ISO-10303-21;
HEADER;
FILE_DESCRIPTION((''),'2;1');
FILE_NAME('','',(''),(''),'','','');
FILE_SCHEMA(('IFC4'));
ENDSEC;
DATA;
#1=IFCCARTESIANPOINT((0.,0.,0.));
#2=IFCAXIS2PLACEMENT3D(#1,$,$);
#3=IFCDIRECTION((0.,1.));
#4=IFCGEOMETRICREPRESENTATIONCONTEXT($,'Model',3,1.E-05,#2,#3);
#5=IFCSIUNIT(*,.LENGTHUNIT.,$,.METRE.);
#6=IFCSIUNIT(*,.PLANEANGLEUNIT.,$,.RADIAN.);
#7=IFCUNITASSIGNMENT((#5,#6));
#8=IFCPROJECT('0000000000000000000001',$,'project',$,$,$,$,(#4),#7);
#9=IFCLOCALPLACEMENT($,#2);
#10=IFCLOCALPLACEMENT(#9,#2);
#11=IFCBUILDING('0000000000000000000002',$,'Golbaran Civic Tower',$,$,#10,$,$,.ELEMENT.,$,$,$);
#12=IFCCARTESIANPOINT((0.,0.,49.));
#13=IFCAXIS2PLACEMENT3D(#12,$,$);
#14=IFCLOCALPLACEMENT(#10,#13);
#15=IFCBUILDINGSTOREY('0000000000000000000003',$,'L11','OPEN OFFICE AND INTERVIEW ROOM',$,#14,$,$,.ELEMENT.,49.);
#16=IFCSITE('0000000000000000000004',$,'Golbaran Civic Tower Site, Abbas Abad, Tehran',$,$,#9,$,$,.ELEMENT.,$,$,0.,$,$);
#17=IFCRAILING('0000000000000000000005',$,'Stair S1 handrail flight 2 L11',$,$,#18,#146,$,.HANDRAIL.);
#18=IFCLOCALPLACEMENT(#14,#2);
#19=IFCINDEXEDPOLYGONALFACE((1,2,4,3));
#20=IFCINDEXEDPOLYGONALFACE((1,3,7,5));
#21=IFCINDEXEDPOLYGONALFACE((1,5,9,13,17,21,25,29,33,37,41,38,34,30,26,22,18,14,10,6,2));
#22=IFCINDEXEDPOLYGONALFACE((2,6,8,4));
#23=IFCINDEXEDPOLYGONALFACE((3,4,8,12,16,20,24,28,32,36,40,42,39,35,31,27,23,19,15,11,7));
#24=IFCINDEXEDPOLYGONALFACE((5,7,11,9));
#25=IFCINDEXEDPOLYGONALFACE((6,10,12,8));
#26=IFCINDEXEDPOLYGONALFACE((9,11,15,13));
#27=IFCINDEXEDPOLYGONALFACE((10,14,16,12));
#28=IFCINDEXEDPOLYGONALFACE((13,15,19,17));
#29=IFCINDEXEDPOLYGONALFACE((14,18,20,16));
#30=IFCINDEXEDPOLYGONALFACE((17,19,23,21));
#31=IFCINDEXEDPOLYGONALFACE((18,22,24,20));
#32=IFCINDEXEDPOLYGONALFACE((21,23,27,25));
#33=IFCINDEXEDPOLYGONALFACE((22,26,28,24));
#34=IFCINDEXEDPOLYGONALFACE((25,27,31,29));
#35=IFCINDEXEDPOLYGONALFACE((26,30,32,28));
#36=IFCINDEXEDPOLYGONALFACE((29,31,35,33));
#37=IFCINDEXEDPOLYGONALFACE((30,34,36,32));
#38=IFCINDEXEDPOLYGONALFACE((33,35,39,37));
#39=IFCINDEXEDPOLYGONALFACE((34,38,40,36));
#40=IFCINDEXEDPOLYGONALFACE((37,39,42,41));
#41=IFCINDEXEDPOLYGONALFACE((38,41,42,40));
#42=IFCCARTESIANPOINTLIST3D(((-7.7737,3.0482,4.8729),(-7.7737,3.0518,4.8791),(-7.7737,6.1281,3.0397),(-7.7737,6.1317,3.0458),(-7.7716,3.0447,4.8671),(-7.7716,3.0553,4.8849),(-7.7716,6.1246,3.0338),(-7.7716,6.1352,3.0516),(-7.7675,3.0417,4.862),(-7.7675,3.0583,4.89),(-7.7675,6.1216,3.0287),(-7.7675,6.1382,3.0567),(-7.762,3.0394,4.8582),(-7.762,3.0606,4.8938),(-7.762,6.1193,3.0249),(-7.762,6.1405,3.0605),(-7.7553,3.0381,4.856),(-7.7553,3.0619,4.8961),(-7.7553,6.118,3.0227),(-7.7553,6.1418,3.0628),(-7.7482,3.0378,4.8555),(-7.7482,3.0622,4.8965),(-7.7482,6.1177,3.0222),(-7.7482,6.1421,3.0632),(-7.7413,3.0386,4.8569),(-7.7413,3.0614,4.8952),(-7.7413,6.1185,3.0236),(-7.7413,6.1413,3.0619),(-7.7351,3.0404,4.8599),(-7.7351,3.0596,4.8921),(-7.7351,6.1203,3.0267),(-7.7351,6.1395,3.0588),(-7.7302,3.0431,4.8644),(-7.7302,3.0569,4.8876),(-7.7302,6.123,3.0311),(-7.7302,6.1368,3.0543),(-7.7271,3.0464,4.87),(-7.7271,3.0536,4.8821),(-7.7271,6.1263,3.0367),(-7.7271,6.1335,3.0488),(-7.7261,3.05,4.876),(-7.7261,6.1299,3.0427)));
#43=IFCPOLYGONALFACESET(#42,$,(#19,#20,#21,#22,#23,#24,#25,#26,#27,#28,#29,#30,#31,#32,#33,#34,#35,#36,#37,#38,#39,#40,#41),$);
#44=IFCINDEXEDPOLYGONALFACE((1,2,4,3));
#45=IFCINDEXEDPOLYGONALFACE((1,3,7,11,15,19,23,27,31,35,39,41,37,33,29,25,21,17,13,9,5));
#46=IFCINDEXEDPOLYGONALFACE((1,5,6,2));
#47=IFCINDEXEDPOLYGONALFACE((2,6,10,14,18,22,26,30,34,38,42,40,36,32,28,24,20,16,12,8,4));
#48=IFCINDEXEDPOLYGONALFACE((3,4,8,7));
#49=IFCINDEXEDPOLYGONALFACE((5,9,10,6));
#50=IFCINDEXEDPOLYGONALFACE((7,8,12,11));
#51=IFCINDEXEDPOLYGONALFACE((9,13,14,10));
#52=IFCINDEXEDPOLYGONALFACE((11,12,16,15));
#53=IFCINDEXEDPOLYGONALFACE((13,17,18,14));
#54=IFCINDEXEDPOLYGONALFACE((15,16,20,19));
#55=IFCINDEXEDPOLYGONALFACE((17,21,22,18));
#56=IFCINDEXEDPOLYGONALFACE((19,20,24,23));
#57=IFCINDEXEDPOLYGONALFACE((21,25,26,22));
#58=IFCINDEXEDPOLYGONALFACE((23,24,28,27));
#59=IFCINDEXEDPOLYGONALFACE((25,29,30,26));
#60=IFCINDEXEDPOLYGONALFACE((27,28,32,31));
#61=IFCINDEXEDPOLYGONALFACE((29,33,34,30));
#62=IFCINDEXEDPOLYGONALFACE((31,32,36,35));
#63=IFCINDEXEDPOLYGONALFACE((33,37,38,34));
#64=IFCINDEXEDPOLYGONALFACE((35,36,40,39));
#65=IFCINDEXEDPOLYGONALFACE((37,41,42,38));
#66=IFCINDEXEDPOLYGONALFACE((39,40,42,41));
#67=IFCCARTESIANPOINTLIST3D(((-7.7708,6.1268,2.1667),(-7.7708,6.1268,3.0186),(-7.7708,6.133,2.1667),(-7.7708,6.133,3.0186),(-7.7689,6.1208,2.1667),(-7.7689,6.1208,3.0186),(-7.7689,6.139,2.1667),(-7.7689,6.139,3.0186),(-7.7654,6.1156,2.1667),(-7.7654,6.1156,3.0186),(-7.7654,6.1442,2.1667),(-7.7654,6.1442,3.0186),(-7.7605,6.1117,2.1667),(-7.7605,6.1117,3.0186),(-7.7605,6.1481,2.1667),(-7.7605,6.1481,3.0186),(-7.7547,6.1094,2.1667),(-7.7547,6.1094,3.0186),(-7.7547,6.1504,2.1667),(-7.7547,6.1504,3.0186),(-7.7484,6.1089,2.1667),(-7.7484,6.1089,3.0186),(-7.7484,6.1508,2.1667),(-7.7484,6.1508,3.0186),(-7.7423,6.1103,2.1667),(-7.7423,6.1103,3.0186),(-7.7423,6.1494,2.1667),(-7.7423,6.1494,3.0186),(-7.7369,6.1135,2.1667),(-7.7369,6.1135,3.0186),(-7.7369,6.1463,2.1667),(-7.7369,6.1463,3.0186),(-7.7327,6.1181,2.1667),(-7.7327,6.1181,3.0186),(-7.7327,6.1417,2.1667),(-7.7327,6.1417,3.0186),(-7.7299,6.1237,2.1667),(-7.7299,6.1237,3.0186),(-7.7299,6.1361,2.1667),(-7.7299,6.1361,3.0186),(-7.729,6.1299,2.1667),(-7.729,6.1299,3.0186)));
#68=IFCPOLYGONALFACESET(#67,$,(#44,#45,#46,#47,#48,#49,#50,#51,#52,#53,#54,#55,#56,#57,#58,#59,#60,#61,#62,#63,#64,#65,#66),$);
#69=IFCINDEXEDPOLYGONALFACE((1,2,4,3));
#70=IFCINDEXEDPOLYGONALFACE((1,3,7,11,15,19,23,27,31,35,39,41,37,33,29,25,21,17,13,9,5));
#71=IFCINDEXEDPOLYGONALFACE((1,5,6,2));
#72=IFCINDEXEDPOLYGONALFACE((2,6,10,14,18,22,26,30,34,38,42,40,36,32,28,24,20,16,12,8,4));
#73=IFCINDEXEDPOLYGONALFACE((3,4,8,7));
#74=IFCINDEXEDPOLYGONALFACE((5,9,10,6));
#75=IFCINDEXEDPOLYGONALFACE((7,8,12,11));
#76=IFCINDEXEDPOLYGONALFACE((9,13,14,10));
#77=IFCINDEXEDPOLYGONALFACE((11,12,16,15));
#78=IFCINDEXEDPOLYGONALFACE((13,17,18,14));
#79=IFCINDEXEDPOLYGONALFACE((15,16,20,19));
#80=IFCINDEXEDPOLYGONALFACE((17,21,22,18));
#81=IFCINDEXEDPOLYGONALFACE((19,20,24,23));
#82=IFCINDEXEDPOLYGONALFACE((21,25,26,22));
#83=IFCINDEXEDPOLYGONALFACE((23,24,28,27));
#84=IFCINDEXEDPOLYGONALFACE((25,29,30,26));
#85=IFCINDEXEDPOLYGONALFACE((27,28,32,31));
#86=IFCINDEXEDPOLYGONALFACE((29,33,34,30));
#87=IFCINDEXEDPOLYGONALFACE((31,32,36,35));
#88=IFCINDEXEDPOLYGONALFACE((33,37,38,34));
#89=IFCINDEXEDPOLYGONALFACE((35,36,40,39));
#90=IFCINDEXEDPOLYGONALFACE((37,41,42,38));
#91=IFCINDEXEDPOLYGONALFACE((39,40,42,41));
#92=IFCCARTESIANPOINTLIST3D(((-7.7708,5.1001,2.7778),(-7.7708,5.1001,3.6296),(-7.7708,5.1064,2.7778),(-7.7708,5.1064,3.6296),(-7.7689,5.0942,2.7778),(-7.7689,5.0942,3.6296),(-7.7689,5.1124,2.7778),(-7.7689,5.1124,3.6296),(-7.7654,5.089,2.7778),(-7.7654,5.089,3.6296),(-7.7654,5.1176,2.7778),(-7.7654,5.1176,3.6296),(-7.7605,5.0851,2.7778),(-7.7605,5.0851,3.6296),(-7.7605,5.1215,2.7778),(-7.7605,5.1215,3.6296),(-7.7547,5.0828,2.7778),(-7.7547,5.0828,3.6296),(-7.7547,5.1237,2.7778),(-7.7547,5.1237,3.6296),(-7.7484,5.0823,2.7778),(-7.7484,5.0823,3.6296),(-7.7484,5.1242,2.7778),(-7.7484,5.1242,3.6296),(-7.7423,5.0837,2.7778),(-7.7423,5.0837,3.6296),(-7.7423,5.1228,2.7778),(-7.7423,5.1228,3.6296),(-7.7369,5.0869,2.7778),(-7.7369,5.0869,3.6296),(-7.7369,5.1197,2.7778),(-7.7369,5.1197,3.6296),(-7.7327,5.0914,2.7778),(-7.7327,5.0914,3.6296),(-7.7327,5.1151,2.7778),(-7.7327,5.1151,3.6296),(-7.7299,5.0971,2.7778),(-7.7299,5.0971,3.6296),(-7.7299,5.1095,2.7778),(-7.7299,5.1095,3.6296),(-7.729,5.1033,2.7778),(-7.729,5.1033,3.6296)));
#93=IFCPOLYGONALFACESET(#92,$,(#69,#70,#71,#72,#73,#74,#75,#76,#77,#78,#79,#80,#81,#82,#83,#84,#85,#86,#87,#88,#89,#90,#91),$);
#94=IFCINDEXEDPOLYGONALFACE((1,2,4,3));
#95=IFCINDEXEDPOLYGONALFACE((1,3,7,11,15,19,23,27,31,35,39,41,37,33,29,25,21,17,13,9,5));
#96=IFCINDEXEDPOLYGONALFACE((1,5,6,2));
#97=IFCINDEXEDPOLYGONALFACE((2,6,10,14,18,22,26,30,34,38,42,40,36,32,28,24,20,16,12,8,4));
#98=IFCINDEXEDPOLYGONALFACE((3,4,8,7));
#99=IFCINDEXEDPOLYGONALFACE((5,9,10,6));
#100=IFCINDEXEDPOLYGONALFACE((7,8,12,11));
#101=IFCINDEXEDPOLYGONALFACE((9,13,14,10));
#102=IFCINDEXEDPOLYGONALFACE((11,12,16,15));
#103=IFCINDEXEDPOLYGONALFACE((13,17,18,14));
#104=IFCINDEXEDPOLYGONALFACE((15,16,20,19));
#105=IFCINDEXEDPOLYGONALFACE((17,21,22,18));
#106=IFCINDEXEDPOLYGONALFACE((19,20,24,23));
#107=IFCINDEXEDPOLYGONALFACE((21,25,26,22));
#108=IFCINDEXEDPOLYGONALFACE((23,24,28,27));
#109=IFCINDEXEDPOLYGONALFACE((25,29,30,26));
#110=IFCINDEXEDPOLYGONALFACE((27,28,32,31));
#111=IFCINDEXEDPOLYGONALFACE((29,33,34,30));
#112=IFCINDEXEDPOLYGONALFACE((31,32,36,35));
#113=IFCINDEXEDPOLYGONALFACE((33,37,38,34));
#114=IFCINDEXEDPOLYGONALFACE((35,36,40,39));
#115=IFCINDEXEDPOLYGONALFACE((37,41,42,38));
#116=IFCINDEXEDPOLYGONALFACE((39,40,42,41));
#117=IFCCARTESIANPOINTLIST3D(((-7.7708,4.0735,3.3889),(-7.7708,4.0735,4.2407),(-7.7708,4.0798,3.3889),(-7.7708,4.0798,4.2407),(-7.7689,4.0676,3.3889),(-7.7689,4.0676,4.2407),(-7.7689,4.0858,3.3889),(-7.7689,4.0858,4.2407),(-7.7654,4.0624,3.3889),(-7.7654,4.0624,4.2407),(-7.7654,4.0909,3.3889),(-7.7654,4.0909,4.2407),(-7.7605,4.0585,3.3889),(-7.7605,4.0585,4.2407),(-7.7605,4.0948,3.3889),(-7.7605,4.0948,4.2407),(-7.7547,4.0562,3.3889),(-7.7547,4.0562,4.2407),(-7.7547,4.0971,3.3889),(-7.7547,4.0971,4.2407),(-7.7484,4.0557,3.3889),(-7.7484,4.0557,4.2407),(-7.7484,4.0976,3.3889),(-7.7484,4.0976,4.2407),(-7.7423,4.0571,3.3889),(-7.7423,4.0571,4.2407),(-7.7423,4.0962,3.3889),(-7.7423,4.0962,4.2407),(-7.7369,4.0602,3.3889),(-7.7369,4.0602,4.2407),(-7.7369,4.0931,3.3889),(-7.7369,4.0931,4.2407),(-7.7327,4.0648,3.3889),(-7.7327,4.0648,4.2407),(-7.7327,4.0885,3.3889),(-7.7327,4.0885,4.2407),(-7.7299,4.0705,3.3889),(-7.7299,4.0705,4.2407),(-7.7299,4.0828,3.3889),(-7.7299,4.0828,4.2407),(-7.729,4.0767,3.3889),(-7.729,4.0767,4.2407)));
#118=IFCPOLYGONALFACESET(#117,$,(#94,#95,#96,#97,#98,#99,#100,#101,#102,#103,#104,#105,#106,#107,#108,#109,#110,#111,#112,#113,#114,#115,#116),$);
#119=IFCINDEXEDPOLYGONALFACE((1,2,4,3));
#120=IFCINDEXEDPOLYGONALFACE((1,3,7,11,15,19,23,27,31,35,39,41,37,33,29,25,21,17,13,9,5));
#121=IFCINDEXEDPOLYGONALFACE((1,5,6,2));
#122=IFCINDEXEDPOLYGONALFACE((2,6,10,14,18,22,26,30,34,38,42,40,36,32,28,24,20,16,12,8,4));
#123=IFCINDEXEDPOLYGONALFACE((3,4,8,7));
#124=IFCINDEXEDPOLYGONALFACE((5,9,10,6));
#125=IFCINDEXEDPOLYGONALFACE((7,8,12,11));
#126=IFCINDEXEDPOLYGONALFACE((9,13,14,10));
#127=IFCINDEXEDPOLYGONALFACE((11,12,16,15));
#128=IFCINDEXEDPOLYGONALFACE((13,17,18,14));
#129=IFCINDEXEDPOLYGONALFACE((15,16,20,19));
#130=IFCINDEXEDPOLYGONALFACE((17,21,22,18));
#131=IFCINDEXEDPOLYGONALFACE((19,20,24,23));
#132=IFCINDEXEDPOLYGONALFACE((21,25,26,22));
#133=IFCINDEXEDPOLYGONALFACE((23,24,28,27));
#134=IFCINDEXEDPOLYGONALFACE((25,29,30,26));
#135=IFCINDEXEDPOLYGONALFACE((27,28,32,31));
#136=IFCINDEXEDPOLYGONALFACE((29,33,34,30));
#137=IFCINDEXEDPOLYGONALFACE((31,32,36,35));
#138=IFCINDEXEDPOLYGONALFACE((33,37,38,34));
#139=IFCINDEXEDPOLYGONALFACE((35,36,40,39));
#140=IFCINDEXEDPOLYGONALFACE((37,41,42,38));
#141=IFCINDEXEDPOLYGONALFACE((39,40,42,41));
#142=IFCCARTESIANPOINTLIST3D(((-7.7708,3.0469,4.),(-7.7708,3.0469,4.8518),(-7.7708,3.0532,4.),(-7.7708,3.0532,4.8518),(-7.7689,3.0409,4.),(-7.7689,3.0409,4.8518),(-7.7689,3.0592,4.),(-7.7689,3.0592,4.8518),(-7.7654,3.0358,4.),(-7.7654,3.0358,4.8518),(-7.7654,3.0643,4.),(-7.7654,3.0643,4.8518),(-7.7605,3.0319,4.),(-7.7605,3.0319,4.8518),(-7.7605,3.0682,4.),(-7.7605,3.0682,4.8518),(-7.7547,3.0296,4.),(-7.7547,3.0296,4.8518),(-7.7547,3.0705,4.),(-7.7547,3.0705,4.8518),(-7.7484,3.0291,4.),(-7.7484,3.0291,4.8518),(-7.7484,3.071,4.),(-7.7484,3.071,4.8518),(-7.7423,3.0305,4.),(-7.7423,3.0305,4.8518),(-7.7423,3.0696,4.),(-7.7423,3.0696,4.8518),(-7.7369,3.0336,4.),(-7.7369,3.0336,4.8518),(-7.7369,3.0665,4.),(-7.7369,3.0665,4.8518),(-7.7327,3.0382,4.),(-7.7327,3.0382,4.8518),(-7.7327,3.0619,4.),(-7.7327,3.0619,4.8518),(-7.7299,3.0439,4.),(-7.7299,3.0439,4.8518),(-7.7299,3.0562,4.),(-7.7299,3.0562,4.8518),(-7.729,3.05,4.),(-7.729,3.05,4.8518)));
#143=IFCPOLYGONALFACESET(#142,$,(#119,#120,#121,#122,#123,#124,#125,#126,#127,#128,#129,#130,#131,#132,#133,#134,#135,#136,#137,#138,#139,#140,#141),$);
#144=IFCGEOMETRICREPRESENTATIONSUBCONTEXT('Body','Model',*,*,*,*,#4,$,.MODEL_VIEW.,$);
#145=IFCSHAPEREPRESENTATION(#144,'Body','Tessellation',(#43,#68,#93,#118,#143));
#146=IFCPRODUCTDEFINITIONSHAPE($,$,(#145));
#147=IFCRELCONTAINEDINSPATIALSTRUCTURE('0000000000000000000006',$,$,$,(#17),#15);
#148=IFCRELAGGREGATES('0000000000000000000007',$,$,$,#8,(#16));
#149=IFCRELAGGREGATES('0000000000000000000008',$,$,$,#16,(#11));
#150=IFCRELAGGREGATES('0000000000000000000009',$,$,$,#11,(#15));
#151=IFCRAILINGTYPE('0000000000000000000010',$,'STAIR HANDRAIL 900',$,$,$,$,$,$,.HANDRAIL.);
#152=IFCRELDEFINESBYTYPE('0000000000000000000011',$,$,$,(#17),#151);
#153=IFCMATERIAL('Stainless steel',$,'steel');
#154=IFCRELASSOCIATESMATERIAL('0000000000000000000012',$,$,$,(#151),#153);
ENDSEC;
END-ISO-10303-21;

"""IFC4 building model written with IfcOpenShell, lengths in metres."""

from ifc_helpers import new_model, si_unit, direction, frame, origin, origin_2d, place, context, subcontext, project, spatial, circle, extrude, material, type_object, element, save


model = new_model("IFC4")

# Units and contexts
model_context = context("Model", 3, precision=1e-05, world=origin(), true_north=direction((0.0, 1.0)))
body_context = subcontext(model_context, "Body", "Model", "MODEL_VIEW")
ifc_project = project(units=[si_unit("LENGTHUNIT", "METRE"), si_unit("PLANEANGLEUNIT", "RADIAN")], contexts=[model_context])

# Site, building, storey
site_placement = place(None, origin())
site = spatial("IfcSite", under=ifc_project, at=site_placement, Name="Golbaran Civic Tower Site, Abbas Abad, Tehran", CompositionType="ELEMENT", RefElevation=0.0)
building_placement = place(site_placement, origin())
building = spatial("IfcBuilding", under=site, at=building_placement, Name="Golbaran Civic Tower", CompositionType="ELEMENT")
storey_placement = place(building_placement, frame((0.0, 0.0, 49.0)))
storey = spatial("IfcBuildingStorey", under=building, at=storey_placement, Name="L11", Description="OPEN OFFICE AND INTERVIEW ROOM", CompositionType="ELEMENT", Elevation=49.0)

# Shared definitions
ifc_material_1 = material(Name="Stainless steel", Category="steel")

# Railing
railing_type = type_object("IfcRailingType", Name="STAIR HANDRAIL 900", PredefinedType="HANDRAIL", material=ifc_material_1)
railing_1_placement = place(storey_placement, frame((-7.75, 6.1299, 2.1667)))
element("IfcRailing", 1, at=railing_1_placement, inside=storey, type_object=railing_type, Name="Stair S1 handrail flight 2 L11", PredefinedType="HANDRAIL", context=body_context, shape_type="SweptSolid", body=[
    extrude(circle(Radius=0.0239, at=origin_2d()), frame((0.0, 0.0, 0.876), z_axis=(0.0, -0.859291, 0.511487), x_axis=(1.0, 0.0, 0.0)), (0.0, 0.0, 1.0), 3.5842),
    extrude(circle(Radius=0.021, at=origin_2d()), origin(), (0.0, 0.0, 1.0), 0.8518),
    extrude(circle(Radius=0.021, at=origin_2d()), frame((0.0, -1.0266, 0.6111)), (0.0, 0.0, 1.0), 0.8518),
    extrude(circle(Radius=0.021, at=origin_2d()), frame((0.0, -2.0532, 1.2222)), (0.0, 0.0, 1.0), 0.8518),
    extrude(circle(Radius=0.021, at=origin_2d()), frame((0.0, -3.0798, 1.8333)), (0.0, 0.0, 1.0), 0.8518),
])

save(model, "model.ifc")
